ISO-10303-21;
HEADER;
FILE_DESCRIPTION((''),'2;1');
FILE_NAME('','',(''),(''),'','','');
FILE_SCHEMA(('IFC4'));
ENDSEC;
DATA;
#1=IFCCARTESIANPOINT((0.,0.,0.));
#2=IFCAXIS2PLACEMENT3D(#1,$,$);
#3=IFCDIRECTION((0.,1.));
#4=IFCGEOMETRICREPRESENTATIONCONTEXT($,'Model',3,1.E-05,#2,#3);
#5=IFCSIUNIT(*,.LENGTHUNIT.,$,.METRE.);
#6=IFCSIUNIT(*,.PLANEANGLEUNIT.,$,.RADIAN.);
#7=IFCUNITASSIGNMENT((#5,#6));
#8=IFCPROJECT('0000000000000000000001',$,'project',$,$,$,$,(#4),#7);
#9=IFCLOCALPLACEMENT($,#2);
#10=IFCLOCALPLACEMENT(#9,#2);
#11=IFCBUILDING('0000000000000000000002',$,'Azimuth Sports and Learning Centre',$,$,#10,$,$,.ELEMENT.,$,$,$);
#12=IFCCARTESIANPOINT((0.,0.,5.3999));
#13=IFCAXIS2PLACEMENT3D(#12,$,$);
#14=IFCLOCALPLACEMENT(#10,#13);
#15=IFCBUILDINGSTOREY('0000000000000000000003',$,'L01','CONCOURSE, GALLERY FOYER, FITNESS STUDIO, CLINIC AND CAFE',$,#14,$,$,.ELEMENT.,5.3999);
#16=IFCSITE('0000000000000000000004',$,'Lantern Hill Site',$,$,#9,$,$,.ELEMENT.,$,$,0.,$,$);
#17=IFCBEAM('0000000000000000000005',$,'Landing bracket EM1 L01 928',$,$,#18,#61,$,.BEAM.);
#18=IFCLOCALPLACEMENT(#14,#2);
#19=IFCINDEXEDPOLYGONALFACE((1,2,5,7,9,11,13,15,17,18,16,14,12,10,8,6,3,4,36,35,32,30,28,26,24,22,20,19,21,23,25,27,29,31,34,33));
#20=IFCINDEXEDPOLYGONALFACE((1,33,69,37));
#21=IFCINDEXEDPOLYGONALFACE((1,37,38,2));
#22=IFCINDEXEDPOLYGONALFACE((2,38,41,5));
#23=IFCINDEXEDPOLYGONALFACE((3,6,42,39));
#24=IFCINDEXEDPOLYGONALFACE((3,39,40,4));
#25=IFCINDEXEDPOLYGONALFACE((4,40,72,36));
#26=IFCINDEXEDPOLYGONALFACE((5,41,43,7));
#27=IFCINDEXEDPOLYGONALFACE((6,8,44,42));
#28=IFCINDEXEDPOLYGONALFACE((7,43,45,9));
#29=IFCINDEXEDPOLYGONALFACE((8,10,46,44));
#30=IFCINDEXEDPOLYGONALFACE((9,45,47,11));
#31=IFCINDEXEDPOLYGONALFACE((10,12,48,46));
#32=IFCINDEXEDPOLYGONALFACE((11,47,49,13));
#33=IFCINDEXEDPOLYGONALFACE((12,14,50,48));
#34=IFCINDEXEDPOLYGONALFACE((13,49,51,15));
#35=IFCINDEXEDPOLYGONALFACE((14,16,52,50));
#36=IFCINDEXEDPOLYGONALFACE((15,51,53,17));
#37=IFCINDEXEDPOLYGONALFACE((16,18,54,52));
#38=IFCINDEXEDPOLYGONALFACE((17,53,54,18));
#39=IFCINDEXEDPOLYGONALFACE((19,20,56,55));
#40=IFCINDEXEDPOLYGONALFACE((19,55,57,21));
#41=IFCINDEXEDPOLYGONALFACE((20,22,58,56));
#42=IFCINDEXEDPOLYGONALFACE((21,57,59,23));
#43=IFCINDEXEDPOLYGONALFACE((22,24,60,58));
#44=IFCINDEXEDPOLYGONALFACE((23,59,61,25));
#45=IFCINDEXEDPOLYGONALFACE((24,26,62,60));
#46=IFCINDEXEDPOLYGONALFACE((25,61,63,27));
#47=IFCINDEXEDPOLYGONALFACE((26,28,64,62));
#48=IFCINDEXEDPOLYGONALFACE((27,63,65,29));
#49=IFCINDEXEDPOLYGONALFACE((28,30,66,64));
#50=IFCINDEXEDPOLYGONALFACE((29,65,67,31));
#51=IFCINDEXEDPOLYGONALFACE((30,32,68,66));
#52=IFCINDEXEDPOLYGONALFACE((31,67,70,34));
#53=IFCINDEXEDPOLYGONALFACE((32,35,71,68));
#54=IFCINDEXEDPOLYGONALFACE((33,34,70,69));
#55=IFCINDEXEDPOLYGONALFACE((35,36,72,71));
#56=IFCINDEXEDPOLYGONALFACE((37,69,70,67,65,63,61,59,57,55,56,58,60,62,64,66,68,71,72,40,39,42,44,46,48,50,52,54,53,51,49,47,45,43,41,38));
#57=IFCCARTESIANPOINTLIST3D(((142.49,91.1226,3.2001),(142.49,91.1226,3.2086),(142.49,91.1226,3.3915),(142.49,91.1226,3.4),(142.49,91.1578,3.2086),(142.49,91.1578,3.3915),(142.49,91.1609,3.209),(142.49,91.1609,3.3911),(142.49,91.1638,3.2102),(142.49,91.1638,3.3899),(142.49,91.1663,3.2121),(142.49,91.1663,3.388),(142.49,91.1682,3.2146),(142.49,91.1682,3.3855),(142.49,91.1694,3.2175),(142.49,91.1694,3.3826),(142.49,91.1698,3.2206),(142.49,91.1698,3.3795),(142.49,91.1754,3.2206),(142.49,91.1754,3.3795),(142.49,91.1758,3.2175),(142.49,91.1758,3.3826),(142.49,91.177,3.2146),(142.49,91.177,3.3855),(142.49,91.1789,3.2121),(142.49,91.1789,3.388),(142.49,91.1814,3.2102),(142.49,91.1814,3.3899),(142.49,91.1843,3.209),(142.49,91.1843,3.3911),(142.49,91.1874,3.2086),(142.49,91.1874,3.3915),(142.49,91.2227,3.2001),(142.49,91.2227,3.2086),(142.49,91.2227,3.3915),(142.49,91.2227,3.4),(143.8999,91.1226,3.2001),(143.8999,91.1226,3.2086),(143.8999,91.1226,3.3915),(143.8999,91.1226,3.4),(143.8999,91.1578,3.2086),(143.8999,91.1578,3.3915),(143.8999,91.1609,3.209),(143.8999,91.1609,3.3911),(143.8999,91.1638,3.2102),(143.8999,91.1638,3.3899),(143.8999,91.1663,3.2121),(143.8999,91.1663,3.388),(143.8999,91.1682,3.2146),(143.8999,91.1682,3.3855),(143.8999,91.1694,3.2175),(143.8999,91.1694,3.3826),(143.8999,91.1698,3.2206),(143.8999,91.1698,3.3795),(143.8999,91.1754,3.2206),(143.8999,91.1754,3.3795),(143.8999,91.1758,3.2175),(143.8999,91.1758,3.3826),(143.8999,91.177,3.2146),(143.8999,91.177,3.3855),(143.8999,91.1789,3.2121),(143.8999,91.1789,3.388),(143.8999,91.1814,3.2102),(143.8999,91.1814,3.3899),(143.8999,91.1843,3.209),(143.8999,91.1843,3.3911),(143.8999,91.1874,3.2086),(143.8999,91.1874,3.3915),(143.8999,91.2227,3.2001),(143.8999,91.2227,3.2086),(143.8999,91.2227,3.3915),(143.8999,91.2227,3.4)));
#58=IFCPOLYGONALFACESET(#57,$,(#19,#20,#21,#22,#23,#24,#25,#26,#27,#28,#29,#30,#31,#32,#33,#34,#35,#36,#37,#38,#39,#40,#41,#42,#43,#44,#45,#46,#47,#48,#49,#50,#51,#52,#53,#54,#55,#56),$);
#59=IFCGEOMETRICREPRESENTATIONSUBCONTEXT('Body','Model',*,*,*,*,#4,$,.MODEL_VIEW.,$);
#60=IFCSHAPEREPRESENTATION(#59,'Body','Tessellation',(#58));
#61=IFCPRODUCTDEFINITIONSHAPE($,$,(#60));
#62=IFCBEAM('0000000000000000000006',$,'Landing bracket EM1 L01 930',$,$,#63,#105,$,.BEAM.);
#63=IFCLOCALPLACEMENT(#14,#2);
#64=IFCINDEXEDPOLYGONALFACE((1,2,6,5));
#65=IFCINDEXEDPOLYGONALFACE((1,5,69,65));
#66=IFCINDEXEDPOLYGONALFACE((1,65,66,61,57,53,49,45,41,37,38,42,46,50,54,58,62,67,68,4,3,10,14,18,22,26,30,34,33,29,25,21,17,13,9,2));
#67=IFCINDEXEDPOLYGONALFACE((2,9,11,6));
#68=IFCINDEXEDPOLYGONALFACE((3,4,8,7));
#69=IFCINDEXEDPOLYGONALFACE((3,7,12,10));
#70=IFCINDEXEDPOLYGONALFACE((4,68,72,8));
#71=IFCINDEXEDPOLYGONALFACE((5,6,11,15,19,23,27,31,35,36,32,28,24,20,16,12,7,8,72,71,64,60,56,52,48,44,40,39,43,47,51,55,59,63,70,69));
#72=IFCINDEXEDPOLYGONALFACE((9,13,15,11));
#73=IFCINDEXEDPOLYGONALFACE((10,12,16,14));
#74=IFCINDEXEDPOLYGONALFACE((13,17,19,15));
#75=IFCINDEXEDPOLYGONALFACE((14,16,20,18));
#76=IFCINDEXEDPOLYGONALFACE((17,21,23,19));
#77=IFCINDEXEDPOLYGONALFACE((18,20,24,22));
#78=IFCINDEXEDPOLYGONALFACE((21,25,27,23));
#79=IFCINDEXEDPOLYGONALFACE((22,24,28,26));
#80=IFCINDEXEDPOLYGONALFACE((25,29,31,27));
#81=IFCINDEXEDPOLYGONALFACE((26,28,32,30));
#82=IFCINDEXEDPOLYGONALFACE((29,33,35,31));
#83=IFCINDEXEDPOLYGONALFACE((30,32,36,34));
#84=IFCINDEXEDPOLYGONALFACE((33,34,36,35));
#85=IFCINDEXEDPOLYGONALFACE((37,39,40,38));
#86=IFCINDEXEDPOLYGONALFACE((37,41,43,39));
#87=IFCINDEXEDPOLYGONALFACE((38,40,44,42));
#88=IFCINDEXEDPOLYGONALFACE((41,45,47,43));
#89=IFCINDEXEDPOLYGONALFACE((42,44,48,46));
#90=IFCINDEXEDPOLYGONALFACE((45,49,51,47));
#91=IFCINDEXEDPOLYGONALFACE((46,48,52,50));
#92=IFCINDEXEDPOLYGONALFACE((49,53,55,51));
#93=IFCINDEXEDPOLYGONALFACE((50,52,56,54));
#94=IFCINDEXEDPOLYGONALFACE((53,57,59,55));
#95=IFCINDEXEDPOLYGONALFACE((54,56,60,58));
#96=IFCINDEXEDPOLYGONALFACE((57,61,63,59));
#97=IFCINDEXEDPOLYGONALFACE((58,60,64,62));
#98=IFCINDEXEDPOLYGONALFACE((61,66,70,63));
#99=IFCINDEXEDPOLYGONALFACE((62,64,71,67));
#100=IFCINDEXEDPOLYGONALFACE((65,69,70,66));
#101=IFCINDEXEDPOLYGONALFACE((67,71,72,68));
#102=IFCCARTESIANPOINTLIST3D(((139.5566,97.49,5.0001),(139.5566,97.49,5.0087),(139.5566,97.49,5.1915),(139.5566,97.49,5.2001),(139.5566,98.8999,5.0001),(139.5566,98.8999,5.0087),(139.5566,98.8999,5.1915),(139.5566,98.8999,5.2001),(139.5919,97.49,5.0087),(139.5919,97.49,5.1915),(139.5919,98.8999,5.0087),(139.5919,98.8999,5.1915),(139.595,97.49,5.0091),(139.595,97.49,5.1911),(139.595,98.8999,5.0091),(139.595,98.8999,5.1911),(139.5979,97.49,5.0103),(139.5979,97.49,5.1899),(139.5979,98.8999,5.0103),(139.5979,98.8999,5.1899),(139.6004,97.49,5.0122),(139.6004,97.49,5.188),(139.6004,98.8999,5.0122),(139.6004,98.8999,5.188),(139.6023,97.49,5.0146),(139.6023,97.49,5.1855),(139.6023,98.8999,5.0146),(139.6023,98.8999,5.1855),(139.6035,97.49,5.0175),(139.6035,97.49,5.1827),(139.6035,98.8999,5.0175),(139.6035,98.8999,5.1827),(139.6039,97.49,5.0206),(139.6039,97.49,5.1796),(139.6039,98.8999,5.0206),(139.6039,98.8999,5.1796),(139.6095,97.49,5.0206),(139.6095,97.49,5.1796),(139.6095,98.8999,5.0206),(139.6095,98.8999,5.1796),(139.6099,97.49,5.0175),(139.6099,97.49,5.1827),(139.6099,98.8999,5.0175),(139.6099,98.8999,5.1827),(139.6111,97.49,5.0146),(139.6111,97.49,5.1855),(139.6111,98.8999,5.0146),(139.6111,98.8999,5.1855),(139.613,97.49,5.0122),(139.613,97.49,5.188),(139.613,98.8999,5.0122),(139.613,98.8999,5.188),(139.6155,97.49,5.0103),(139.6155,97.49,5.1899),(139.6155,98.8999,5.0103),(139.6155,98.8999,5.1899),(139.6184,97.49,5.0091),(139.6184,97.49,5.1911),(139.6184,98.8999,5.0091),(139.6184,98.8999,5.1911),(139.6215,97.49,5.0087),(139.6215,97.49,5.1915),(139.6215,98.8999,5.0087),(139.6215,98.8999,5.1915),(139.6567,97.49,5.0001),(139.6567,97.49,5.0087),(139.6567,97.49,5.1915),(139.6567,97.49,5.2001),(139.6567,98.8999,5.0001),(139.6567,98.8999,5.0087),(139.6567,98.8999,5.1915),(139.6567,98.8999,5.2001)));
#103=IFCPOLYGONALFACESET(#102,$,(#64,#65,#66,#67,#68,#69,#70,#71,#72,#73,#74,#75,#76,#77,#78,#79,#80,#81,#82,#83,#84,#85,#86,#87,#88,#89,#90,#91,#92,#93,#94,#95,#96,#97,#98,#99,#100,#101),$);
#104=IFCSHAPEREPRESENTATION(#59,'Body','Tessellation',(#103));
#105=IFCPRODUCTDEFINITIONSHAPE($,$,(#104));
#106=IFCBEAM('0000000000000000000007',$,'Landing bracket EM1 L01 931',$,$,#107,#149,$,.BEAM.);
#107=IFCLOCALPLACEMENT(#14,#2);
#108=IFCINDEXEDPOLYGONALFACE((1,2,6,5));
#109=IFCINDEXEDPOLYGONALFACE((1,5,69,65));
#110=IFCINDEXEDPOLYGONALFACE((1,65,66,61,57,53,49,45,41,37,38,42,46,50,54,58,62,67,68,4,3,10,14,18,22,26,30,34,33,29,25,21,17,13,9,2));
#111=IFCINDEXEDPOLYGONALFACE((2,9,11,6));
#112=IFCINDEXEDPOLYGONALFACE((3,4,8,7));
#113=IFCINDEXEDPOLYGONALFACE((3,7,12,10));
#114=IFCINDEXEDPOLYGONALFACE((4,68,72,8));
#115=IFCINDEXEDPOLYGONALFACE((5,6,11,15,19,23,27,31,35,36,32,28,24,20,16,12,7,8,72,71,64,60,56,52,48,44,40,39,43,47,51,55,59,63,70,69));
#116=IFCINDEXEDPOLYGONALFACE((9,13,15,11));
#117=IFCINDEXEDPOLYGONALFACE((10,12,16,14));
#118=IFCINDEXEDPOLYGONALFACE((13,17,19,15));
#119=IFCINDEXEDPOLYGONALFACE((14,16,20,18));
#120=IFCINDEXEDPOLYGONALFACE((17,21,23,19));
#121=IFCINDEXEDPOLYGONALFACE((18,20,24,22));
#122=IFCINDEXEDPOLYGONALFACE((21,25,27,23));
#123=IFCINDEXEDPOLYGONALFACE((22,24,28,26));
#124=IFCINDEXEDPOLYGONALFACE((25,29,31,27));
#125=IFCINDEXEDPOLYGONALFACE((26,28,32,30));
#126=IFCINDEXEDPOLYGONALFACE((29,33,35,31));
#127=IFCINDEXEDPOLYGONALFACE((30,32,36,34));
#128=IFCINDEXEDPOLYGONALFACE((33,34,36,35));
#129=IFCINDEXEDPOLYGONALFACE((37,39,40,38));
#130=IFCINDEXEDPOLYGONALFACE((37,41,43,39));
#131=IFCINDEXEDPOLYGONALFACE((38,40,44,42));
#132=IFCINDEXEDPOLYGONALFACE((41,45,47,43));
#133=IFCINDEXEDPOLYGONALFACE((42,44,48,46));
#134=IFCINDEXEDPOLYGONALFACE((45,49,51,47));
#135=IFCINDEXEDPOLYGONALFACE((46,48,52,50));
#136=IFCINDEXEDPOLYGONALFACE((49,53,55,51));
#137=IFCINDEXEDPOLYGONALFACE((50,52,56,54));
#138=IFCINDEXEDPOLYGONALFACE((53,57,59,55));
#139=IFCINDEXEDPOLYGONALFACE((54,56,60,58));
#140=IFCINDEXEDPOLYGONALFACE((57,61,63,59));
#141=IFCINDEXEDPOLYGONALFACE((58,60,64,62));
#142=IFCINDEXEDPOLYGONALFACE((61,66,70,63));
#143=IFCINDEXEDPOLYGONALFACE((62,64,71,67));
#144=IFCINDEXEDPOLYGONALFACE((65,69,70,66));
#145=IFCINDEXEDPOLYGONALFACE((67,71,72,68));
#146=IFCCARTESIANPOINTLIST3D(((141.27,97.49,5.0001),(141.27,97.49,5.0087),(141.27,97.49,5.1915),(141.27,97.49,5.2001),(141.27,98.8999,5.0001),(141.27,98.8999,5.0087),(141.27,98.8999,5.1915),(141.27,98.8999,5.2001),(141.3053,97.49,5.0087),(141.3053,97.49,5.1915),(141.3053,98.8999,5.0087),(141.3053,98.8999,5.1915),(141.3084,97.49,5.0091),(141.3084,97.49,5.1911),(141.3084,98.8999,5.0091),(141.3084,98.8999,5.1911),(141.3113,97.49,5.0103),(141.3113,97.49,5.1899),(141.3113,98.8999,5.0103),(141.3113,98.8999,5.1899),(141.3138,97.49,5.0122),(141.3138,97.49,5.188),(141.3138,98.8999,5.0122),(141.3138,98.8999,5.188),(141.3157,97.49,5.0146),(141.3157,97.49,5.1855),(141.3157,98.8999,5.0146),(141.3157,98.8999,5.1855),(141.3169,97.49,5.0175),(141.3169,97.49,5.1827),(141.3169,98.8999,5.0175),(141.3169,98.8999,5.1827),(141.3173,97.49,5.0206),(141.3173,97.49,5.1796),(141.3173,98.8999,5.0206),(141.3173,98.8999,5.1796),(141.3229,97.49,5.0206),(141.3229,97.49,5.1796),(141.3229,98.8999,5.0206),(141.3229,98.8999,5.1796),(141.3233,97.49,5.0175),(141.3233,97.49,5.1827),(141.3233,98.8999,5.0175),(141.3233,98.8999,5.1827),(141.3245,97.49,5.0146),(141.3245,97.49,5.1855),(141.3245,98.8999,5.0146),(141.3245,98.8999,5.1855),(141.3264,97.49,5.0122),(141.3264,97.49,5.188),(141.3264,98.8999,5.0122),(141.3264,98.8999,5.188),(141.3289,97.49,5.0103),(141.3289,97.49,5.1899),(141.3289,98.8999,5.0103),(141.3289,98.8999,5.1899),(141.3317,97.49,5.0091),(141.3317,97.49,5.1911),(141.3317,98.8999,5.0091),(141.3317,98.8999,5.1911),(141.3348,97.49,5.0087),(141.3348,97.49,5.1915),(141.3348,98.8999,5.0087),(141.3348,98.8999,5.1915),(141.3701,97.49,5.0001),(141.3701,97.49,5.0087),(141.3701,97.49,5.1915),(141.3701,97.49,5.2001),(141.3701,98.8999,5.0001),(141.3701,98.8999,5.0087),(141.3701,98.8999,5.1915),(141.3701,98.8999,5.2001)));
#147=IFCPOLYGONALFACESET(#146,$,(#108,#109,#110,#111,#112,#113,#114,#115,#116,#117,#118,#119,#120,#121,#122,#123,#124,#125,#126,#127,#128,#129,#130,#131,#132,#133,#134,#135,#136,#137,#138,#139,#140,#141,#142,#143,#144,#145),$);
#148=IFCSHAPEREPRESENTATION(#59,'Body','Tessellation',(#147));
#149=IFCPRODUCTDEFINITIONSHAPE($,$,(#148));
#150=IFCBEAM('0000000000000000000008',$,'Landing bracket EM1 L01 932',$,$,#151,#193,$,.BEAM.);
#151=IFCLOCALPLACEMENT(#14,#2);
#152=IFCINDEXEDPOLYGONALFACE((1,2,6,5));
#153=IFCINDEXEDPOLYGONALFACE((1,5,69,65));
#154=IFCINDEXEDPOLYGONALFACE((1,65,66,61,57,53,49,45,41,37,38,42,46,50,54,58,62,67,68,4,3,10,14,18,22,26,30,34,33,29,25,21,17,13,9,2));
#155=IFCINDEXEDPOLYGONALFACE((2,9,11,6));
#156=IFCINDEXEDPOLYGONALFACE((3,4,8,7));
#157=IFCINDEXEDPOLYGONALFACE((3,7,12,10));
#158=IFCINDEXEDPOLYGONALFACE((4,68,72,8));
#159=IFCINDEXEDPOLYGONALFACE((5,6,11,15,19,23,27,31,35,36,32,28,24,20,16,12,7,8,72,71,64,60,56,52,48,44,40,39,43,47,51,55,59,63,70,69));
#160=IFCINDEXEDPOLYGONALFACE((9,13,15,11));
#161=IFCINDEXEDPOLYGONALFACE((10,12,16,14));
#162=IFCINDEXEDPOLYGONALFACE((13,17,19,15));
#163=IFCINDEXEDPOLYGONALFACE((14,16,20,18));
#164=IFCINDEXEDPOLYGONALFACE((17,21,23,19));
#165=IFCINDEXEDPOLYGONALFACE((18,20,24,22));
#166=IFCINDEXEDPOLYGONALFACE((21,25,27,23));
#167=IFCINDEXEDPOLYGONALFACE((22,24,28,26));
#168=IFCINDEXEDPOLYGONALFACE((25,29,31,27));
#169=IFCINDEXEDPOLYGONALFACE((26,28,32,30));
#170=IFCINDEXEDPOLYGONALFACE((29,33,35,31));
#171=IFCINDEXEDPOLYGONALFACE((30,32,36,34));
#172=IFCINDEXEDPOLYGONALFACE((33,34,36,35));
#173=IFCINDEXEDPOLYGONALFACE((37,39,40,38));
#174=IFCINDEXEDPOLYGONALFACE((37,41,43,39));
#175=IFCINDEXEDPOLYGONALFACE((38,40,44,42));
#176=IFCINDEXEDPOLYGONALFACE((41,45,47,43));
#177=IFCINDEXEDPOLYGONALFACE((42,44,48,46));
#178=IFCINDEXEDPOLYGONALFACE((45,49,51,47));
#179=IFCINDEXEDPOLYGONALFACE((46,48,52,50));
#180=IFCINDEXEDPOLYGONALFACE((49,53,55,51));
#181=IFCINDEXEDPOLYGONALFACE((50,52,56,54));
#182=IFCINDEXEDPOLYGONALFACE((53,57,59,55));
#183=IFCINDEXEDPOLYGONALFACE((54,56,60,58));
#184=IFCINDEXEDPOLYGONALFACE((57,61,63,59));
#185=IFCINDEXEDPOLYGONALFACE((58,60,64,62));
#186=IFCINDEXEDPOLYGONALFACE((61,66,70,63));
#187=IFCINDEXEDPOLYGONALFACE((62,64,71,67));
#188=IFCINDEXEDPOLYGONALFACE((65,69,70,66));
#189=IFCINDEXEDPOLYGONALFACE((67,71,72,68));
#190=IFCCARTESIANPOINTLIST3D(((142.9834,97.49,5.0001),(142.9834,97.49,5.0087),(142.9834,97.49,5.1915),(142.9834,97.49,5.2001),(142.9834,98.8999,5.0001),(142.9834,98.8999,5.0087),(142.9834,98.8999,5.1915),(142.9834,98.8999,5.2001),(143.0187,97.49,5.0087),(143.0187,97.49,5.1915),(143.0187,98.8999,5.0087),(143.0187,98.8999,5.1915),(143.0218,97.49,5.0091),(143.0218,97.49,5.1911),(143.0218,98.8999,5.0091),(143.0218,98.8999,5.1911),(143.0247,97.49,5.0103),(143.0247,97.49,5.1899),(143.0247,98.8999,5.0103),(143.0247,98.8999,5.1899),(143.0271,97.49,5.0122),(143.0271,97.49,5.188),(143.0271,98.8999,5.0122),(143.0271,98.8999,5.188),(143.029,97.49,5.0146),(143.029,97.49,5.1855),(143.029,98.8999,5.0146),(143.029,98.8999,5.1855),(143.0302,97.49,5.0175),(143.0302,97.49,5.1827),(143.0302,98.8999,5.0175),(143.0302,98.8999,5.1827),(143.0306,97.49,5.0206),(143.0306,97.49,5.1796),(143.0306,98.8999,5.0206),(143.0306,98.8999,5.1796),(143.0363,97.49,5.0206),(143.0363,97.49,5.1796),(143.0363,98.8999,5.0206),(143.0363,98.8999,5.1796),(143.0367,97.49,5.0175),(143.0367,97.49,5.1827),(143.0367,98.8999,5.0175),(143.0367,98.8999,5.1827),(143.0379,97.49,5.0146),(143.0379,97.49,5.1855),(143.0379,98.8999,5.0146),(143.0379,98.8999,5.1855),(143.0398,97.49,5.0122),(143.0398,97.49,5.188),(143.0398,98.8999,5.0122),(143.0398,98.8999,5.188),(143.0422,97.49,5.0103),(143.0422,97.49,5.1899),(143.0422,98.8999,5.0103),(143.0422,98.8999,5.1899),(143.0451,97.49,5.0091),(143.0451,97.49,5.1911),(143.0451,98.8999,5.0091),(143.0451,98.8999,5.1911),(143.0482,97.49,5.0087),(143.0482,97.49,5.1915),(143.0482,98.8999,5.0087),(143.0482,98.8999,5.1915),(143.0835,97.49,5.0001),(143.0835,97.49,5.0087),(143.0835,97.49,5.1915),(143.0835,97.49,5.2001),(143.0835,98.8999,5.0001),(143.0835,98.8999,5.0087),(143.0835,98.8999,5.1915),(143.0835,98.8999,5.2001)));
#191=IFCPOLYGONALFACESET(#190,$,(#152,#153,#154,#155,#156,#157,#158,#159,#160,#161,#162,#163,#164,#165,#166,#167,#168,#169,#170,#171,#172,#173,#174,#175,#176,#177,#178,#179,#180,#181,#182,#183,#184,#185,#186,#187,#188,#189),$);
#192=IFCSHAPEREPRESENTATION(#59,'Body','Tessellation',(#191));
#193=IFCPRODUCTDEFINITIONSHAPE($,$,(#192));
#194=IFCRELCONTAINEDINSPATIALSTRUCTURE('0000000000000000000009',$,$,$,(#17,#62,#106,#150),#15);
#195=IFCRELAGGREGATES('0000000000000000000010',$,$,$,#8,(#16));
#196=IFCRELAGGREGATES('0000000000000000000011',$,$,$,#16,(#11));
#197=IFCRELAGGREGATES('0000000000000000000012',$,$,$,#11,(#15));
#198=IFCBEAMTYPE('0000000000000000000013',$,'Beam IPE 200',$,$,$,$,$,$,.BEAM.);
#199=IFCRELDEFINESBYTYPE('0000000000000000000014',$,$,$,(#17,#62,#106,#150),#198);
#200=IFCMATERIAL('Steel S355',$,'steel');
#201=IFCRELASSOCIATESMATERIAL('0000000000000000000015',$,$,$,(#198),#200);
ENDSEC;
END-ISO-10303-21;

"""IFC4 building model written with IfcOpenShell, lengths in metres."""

from ifc_helpers import new_model, si_unit, direction, frame, origin, origin_2d, place, context, subcontext, project, spatial, i_section, extrude, material, material_profile, profile_set, type_object, element, save


model = new_model("IFC4")

# Units and contexts
model_context = context("Model", 3, precision=1e-05, world=origin(), true_north=direction((0.0, 1.0)))
body_context = subcontext(model_context, "Body", "Model", "MODEL_VIEW")
ifc_project = project(units=[si_unit("LENGTHUNIT", "METRE"), si_unit("PLANEANGLEUNIT", "RADIAN")], contexts=[model_context])

# Site, building, storey
site_placement = place(None, origin())
site = spatial("IfcSite", under=ifc_project, at=site_placement, Name="Lantern Hill Site", CompositionType="ELEMENT", RefElevation=0.0)
building_placement = place(site_placement, origin())
building = spatial("IfcBuilding", under=site, at=building_placement, Name="Azimuth Sports and Learning Centre", CompositionType="ELEMENT")
storey_placement = place(building_placement, frame((0.0, 0.0, 5.3999)))
storey = spatial("IfcBuildingStorey", under=building, at=storey_placement, Name="L01", Description="CONCOURSE, GALLERY FOYER, FITNESS STUDIO, CLINIC AND CAFE", CompositionType="ELEMENT", Elevation=5.3999)

# Beams
ifc_material_1 = material(Name="Steel S355", Category="steel")
ifc_material_profile_1 = material_profile(ifc_material_1, i_section(OverallWidth=0.1001, OverallDepth=0.2, WebThickness=0.0056, FlangeThickness=0.0085, FilletRadius=0.012, at=origin_2d()), Name="IPE 200")
ifc_profile_set_1 = profile_set([ifc_material_profile_1], Name="Steel S355")
beam_type_1 = type_object("IfcBeamType", Name="Beam IPE 200", PredefinedType="BEAM", material=ifc_profile_set_1)
for number, where, z_axis, x_axis, name in (
    (1, (143.8999, 91.1726, 3.3), (-1.0, 0.0, 0.0), (0.0, -1.0, 0.0), "Landing bracket EM1 L01 928"),
    (2, (139.6067, 98.8999, 5.1001), (0.0, -1.0, 0.0), (1.0, 0.0, 0.0), "Landing bracket EM1 L01 930"),
    (3, (141.3201, 98.8999, 5.1001), (0.0, -1.0, 0.0), (1.0, 0.0, 0.0), "Landing bracket EM1 L01 931"),
    (4, (143.0334, 98.8999, 5.1001), (0.0, -1.0, 0.0), (1.0, 0.0, 0.0), "Landing bracket EM1 L01 932"),
):
    element("IfcBeam", number, at=place(storey_placement, frame(where, z_axis=z_axis, x_axis=x_axis)), inside=storey, type_object=beam_type_1, Name=name, PredefinedType="BEAM", context=body_context, shape_type="SweptSolid", body=[
        extrude(i_section(OverallWidth=0.1001, OverallDepth=0.2, WebThickness=0.0056, FlangeThickness=0.0085, FilletRadius=0.012, at=origin_2d()), origin(), (0.0, 0.0, 1.0), 1.4099),
    ])

save(model, "model.ifc")
